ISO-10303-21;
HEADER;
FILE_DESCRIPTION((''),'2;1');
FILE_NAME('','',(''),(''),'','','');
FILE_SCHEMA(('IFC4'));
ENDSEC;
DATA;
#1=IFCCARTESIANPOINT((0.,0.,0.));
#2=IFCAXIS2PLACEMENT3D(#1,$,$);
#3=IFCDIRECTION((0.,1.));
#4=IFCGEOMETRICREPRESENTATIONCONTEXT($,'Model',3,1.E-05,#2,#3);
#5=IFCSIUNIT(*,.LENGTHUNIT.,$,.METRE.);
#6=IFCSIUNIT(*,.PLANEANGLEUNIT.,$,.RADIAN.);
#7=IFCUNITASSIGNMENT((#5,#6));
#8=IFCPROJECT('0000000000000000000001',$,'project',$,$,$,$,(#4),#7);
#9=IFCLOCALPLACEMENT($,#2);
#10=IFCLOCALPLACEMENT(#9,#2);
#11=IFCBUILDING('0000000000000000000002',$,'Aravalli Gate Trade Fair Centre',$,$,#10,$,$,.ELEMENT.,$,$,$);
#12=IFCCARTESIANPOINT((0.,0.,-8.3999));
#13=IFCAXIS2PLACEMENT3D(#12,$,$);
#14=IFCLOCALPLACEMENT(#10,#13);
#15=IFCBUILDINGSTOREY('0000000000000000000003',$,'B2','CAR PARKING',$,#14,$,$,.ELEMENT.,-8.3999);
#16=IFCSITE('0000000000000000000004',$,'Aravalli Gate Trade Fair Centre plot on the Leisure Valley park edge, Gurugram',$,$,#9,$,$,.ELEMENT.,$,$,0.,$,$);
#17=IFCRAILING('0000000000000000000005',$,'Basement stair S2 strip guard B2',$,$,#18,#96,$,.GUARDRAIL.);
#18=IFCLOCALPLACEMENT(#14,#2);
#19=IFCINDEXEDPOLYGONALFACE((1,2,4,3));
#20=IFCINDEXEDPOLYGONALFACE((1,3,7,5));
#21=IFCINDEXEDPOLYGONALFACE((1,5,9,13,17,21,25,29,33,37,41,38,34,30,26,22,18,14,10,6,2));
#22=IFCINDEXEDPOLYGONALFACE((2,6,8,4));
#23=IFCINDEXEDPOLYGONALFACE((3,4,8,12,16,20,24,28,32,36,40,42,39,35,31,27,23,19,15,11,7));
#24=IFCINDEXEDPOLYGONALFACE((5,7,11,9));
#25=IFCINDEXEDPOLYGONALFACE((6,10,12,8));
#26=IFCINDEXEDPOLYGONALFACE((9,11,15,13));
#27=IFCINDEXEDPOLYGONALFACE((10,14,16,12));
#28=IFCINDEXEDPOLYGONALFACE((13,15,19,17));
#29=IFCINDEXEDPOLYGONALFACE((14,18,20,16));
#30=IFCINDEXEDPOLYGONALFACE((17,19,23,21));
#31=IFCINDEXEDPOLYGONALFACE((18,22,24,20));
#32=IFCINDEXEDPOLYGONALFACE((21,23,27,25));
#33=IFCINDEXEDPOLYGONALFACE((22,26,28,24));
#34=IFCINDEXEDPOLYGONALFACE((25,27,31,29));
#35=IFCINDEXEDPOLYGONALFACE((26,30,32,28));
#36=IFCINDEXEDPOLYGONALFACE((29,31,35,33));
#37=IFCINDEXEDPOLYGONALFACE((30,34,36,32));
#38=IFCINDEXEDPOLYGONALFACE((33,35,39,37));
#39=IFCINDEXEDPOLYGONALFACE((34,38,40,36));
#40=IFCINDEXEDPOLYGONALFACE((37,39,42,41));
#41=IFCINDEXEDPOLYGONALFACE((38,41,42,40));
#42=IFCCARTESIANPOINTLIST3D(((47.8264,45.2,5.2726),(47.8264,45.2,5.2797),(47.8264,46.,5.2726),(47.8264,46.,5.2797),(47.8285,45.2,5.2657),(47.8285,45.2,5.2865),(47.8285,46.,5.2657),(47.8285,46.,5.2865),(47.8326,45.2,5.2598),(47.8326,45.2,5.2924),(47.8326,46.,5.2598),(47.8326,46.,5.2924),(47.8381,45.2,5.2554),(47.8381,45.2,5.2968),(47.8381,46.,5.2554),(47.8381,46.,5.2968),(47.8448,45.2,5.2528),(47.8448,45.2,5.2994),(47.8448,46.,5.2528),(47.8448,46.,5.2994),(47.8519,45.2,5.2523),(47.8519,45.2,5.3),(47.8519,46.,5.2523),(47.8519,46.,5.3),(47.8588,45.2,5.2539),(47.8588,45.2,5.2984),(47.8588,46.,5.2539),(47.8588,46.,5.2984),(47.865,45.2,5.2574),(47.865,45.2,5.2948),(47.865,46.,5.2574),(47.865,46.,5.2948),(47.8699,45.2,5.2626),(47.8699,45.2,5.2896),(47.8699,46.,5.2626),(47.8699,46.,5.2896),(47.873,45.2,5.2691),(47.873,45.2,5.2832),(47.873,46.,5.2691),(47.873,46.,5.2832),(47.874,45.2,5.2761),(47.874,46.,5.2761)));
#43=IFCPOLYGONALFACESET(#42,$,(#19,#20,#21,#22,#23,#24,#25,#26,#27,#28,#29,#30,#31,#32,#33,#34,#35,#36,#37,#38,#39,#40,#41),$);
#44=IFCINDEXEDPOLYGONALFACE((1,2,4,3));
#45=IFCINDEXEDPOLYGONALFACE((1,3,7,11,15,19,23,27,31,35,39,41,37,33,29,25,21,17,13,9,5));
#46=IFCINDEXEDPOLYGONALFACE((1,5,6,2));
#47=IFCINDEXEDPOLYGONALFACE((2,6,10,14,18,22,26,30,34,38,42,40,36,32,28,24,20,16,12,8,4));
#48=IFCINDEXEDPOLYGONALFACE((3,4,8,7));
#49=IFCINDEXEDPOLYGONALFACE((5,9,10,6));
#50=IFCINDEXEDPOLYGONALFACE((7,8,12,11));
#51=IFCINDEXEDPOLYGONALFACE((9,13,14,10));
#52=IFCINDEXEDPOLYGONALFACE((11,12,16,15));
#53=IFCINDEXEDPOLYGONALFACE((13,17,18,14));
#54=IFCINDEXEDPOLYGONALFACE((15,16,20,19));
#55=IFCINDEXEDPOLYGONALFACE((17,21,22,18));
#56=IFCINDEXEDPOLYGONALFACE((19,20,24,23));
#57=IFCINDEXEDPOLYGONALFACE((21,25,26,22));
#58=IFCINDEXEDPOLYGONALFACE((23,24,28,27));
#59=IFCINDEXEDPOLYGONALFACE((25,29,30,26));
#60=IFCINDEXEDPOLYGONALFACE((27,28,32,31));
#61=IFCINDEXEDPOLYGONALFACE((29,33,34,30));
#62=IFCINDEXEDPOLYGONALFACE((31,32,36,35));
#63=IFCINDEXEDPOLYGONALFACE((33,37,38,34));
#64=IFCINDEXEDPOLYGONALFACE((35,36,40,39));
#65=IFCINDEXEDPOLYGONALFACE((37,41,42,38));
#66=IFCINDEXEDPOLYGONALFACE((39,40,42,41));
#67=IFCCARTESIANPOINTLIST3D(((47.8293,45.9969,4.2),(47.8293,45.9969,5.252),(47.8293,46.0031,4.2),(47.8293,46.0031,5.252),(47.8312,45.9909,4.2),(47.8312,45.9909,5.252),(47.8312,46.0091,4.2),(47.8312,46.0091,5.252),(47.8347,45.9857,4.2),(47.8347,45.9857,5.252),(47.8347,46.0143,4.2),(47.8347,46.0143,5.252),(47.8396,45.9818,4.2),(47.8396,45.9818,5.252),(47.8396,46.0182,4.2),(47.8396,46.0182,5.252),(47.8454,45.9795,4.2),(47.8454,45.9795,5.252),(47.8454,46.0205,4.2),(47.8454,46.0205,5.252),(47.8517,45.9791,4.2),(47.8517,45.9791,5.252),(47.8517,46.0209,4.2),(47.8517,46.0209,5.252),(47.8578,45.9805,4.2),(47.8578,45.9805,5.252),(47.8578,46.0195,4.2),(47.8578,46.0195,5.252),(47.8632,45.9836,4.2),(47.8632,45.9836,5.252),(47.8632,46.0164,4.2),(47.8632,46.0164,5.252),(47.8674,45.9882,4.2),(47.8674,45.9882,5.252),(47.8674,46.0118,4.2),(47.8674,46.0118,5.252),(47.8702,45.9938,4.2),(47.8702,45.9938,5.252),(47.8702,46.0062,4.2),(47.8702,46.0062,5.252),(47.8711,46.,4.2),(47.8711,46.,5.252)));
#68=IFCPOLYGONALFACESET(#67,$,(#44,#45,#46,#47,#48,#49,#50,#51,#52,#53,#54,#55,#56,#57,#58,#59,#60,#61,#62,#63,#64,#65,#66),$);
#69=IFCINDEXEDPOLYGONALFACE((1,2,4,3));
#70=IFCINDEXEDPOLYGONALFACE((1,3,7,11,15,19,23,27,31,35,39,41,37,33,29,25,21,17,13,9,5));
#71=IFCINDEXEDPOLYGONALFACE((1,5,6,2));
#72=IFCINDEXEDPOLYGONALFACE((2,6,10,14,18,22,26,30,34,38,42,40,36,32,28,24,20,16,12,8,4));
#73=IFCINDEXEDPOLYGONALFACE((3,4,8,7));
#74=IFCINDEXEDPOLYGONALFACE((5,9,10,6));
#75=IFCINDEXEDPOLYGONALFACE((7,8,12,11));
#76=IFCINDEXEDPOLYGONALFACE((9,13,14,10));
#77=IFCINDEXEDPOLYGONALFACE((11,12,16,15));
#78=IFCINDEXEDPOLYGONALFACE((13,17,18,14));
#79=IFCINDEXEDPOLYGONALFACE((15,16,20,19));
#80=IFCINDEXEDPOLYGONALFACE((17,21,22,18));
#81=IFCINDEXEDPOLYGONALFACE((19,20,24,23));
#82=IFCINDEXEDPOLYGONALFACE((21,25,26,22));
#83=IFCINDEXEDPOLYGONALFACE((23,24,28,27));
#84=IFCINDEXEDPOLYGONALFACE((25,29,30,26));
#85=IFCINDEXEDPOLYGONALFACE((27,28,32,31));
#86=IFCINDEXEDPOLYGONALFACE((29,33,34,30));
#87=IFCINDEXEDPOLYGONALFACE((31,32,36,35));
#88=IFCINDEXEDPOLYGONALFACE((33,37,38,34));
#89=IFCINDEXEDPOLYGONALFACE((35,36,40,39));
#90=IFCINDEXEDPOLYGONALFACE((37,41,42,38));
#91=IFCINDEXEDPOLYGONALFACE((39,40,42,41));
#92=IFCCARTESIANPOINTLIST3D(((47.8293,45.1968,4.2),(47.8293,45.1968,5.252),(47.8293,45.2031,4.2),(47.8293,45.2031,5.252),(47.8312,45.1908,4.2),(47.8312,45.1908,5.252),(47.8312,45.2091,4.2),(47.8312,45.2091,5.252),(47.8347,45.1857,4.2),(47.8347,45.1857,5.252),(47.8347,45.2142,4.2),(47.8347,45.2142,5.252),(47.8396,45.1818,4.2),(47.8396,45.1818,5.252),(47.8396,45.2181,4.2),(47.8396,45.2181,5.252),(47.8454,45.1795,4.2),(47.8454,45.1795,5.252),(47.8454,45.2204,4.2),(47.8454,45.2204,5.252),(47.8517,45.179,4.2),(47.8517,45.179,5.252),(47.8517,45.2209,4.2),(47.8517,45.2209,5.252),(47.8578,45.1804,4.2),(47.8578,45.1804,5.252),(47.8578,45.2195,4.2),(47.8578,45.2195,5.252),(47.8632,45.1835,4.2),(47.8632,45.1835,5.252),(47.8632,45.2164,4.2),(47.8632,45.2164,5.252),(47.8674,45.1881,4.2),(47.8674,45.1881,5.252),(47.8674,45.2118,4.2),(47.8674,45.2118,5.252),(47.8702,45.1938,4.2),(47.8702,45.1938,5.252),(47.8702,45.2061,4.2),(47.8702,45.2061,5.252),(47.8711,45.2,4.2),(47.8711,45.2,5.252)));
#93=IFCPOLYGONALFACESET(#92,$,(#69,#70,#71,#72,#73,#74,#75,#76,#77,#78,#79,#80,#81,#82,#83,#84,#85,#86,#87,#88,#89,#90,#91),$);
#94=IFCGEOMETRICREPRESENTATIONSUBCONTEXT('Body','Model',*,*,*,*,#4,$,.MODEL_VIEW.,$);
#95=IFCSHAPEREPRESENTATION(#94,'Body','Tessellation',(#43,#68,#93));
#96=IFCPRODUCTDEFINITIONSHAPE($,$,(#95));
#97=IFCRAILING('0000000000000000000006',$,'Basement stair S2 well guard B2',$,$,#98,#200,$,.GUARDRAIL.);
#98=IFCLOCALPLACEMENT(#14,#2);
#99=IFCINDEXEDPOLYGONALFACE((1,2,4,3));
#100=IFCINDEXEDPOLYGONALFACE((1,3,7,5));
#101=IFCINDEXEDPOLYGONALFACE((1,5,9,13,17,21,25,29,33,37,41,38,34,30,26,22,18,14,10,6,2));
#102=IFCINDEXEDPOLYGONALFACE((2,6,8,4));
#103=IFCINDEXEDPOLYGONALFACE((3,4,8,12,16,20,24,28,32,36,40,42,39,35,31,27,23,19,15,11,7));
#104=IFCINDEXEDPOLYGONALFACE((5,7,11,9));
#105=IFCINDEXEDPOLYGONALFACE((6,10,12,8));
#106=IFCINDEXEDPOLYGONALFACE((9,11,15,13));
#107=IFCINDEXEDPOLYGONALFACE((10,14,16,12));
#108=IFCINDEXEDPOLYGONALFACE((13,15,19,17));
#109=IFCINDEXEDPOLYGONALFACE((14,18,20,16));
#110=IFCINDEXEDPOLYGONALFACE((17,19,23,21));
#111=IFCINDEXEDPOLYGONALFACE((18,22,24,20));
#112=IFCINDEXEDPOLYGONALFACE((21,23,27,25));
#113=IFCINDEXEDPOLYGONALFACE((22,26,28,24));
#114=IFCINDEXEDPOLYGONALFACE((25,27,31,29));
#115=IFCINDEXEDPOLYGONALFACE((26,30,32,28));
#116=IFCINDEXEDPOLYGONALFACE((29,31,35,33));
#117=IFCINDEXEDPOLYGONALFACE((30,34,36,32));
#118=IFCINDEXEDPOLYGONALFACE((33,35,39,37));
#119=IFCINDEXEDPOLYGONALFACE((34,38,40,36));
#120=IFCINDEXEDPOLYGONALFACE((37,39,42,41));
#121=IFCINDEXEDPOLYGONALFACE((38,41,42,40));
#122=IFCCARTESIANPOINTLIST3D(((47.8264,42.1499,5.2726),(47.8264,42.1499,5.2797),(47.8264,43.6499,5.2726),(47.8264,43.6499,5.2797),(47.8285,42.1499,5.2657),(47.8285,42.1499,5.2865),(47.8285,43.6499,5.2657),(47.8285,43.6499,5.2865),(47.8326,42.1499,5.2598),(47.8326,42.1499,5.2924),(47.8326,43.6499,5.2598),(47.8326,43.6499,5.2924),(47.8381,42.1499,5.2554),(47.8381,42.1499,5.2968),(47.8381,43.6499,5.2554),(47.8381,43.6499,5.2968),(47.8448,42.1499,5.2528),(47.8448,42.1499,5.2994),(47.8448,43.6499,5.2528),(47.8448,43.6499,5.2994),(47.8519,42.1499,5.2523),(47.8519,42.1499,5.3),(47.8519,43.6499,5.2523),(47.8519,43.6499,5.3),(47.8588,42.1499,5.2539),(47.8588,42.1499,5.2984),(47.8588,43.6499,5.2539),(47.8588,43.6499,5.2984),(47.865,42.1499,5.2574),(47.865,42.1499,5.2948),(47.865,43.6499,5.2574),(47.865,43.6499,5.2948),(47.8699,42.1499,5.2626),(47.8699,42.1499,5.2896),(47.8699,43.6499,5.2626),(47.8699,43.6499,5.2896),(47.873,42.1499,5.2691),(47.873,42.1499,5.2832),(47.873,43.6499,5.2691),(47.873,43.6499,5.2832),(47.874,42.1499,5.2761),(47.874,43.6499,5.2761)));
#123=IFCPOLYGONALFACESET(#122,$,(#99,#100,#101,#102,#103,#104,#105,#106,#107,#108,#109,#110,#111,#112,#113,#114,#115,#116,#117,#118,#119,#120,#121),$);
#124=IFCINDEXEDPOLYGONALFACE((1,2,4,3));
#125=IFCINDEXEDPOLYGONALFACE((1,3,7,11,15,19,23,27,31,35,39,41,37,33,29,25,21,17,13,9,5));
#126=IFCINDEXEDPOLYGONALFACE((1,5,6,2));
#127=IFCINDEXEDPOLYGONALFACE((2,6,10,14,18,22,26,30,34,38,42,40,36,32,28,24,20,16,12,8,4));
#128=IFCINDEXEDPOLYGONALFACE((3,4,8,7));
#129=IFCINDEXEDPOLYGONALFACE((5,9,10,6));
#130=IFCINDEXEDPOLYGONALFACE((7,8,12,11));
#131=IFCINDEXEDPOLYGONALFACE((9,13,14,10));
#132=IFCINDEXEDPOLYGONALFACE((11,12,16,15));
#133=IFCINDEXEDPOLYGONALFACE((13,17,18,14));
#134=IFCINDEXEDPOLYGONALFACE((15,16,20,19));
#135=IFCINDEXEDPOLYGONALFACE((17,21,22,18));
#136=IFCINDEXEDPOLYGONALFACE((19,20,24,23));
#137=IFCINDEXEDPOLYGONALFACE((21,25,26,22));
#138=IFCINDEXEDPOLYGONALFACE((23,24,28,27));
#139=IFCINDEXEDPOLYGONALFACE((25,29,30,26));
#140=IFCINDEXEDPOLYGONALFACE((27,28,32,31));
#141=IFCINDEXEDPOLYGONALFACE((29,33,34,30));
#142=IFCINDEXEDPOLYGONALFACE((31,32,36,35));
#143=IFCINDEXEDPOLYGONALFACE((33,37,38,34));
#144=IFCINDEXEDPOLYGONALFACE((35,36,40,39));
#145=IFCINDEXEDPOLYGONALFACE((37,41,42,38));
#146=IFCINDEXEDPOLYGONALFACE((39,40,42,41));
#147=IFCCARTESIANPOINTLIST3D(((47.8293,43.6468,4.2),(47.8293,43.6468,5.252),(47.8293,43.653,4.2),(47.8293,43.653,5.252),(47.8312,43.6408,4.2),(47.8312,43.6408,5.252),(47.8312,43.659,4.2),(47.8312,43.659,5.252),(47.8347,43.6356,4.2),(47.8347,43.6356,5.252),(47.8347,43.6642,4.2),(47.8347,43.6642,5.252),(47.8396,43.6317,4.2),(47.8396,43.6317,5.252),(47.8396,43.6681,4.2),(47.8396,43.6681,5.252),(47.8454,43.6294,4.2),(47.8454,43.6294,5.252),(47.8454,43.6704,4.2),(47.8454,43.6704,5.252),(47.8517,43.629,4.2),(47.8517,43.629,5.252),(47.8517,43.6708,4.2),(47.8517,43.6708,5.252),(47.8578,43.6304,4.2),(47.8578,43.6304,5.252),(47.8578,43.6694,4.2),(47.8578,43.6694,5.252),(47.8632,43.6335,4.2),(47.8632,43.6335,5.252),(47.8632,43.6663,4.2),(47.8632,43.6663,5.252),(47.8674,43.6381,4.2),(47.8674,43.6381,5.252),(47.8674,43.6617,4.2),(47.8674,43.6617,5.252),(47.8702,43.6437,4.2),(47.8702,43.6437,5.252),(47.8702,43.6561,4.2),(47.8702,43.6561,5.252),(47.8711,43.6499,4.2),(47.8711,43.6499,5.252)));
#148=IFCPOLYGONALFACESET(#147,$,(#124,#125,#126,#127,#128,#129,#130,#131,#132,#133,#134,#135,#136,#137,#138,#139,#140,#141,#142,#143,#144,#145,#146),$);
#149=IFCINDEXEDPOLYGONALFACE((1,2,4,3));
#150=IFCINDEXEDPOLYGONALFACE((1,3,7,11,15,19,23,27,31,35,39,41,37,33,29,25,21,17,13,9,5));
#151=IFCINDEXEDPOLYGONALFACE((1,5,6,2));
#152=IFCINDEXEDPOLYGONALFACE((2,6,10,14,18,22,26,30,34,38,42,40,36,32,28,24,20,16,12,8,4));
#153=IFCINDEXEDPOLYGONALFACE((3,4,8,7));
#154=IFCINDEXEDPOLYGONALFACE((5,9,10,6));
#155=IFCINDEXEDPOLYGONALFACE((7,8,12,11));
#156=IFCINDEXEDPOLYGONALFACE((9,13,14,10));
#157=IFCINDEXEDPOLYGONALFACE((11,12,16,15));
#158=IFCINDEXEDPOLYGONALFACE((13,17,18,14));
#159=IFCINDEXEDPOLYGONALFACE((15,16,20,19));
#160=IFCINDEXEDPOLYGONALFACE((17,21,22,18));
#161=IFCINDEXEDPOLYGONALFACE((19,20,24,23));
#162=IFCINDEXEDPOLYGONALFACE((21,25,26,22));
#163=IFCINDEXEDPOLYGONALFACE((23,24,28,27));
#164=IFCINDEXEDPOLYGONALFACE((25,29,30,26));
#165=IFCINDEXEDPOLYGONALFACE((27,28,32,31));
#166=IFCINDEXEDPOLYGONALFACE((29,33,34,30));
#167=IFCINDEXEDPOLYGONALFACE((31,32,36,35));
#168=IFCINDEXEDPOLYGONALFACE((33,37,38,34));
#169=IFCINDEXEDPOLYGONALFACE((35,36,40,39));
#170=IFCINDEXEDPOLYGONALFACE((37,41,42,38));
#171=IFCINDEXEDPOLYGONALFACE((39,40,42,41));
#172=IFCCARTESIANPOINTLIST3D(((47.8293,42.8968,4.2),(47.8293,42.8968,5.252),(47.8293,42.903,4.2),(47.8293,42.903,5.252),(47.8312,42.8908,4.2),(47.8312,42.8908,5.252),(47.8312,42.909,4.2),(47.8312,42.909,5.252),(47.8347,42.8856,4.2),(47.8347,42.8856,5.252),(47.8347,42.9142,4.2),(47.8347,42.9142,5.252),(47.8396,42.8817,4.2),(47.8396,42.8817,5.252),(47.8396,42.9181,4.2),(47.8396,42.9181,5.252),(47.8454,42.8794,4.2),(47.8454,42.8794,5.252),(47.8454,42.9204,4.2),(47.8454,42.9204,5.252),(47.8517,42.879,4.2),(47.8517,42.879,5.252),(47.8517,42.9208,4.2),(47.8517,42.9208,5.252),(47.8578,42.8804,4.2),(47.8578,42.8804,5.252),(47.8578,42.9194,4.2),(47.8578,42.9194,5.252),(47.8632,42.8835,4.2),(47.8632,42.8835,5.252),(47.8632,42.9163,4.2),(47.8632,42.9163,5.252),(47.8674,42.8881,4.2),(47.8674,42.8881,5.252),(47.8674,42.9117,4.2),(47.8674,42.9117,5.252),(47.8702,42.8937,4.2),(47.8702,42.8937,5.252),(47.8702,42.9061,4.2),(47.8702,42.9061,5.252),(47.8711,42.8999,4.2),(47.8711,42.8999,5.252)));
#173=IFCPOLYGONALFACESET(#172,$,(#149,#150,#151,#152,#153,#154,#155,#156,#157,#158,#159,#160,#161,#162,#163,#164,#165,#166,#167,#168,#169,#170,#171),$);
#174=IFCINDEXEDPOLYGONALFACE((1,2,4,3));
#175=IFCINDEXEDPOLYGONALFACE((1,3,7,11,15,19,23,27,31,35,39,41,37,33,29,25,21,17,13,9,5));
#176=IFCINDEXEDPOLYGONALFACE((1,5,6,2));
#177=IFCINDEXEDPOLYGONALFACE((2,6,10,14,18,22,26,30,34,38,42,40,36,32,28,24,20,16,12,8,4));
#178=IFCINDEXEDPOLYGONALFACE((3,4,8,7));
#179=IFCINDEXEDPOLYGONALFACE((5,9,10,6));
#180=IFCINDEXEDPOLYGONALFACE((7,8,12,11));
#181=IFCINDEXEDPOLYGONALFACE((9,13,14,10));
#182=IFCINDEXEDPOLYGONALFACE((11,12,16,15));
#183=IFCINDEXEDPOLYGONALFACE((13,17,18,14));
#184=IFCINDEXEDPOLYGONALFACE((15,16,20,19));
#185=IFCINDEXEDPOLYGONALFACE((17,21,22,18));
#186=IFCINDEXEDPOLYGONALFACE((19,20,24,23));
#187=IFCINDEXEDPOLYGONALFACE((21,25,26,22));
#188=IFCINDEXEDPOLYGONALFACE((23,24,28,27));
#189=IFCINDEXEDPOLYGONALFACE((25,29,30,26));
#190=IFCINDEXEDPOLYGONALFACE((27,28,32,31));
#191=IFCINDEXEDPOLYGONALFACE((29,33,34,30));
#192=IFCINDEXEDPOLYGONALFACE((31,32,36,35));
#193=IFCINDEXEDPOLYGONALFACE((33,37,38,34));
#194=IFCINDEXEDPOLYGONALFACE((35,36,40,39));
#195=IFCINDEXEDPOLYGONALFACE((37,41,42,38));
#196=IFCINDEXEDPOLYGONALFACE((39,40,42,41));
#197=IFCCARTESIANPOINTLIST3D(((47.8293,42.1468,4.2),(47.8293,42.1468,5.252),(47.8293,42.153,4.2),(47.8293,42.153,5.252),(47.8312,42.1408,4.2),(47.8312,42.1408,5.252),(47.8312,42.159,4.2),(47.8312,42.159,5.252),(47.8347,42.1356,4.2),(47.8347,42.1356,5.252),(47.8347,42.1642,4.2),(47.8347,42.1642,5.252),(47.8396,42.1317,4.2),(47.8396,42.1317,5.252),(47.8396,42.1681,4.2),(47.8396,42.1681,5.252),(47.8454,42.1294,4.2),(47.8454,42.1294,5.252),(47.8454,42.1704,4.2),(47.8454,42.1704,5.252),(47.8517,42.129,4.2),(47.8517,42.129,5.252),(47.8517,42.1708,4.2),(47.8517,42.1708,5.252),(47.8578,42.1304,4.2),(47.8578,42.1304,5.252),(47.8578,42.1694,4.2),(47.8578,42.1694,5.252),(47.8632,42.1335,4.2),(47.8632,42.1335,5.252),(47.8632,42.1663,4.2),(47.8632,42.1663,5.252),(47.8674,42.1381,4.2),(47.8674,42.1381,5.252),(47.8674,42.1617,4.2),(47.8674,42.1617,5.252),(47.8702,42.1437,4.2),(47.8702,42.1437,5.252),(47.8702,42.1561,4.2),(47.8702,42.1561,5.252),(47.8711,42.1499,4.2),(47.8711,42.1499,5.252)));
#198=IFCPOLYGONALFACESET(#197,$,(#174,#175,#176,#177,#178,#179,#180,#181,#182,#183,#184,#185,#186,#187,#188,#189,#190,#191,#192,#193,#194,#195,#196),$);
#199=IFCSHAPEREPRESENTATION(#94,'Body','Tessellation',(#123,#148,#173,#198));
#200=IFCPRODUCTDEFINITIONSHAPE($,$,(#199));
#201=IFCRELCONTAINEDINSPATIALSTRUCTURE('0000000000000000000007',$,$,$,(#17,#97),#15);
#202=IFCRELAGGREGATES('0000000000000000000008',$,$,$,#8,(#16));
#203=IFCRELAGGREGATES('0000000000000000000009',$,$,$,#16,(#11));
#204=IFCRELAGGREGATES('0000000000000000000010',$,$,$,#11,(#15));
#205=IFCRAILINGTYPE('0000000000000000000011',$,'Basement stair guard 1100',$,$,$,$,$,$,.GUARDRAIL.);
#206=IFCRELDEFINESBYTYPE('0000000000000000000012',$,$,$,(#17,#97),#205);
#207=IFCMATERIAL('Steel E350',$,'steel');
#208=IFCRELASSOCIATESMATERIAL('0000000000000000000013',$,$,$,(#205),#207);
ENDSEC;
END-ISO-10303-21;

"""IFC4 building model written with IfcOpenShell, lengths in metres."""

from ifc_helpers import new_model, si_unit, direction, frame, origin, origin_2d, place, context, subcontext, project, spatial, circle, extrude, material, type_object, element, save


model = new_model("IFC4")

# Units and contexts
model_context = context("Model", 3, precision=1e-05, world=origin(), true_north=direction((0.0, 1.0)))
body_context = subcontext(model_context, "Body", "Model", "MODEL_VIEW")
ifc_project = project(units=[si_unit("LENGTHUNIT", "METRE"), si_unit("PLANEANGLEUNIT", "RADIAN")], contexts=[model_context])

# Site, building, storey
site_placement = place(None, origin())
site = spatial("IfcSite", under=ifc_project, at=site_placement, Name="Aravalli Gate Trade Fair Centre plot on the Leisure Valley park edge, Gurugram", CompositionType="ELEMENT", RefElevation=0.0)
building_placement = place(site_placement, origin())
building = spatial("IfcBuilding", under=site, at=building_placement, Name="Aravalli Gate Trade Fair Centre", CompositionType="ELEMENT")
storey_placement = place(building_placement, frame((0.0, 0.0, -8.3999)))
storey = spatial("IfcBuildingStorey", under=building, at=storey_placement, Name="B2", Description="CAR PARKING", CompositionType="ELEMENT", Elevation=-8.3999)

# Railings
ifc_material_1 = material(Name="Steel E350", Category="steel")
railing_type_1 = type_object("IfcRailingType", Name="Basement stair guard 1100", PredefinedType="GUARDRAIL", material=ifc_material_1)
railing_1_placement = place(storey_placement, frame((47.8501, 46.0, 4.2)))
element("IfcRailing", 1, at=railing_1_placement, inside=storey, type_object=railing_type_1, Name="Basement stair S2 strip guard B2", PredefinedType="GUARDRAIL", context=body_context, shape_type="SweptSolid", body=[
    extrude(circle(Radius=0.0239, at=origin_2d()), frame((0.0, 0.0, 1.0762), z_axis=(0.0, -1.0, 0.0), x_axis=(1.0, 0.0, 0.0)), (0.0, 0.0, 1.0), 0.8),
    extrude(circle(Radius=0.021, at=origin_2d()), origin(), (0.0, 0.0, 1.0), 1.052),
    extrude(circle(Radius=0.021, at=origin_2d()), frame((0.0, -0.8, 0.0)), (0.0, 0.0, 1.0), 1.052),
])
railing_2_placement = place(storey_placement, frame((47.8501, 43.6499, 4.2)))
element("IfcRailing", 2, at=railing_2_placement, inside=storey, type_object=railing_type_1, Name="Basement stair S2 well guard B2", PredefinedType="GUARDRAIL", context=body_context, shape_type="SweptSolid", body=[
    extrude(circle(Radius=0.0239, at=origin_2d()), frame((0.0, 0.0, 1.0762), z_axis=(0.0, -1.0, 0.0), x_axis=(1.0, 0.0, 0.0)), (0.0, 0.0, 1.0), 1.5),
    extrude(circle(Radius=0.021, at=origin_2d()), origin(), (0.0, 0.0, 1.0), 1.052),
    extrude(circle(Radius=0.021, at=origin_2d()), frame((0.0, -0.75, 0.0)), (0.0, 0.0, 1.0), 1.052),
    extrude(circle(Radius=0.021, at=origin_2d()), frame((0.0, -1.5, 0.0)), (0.0, 0.0, 1.0), 1.052),
])

save(model, "model.ifc")
